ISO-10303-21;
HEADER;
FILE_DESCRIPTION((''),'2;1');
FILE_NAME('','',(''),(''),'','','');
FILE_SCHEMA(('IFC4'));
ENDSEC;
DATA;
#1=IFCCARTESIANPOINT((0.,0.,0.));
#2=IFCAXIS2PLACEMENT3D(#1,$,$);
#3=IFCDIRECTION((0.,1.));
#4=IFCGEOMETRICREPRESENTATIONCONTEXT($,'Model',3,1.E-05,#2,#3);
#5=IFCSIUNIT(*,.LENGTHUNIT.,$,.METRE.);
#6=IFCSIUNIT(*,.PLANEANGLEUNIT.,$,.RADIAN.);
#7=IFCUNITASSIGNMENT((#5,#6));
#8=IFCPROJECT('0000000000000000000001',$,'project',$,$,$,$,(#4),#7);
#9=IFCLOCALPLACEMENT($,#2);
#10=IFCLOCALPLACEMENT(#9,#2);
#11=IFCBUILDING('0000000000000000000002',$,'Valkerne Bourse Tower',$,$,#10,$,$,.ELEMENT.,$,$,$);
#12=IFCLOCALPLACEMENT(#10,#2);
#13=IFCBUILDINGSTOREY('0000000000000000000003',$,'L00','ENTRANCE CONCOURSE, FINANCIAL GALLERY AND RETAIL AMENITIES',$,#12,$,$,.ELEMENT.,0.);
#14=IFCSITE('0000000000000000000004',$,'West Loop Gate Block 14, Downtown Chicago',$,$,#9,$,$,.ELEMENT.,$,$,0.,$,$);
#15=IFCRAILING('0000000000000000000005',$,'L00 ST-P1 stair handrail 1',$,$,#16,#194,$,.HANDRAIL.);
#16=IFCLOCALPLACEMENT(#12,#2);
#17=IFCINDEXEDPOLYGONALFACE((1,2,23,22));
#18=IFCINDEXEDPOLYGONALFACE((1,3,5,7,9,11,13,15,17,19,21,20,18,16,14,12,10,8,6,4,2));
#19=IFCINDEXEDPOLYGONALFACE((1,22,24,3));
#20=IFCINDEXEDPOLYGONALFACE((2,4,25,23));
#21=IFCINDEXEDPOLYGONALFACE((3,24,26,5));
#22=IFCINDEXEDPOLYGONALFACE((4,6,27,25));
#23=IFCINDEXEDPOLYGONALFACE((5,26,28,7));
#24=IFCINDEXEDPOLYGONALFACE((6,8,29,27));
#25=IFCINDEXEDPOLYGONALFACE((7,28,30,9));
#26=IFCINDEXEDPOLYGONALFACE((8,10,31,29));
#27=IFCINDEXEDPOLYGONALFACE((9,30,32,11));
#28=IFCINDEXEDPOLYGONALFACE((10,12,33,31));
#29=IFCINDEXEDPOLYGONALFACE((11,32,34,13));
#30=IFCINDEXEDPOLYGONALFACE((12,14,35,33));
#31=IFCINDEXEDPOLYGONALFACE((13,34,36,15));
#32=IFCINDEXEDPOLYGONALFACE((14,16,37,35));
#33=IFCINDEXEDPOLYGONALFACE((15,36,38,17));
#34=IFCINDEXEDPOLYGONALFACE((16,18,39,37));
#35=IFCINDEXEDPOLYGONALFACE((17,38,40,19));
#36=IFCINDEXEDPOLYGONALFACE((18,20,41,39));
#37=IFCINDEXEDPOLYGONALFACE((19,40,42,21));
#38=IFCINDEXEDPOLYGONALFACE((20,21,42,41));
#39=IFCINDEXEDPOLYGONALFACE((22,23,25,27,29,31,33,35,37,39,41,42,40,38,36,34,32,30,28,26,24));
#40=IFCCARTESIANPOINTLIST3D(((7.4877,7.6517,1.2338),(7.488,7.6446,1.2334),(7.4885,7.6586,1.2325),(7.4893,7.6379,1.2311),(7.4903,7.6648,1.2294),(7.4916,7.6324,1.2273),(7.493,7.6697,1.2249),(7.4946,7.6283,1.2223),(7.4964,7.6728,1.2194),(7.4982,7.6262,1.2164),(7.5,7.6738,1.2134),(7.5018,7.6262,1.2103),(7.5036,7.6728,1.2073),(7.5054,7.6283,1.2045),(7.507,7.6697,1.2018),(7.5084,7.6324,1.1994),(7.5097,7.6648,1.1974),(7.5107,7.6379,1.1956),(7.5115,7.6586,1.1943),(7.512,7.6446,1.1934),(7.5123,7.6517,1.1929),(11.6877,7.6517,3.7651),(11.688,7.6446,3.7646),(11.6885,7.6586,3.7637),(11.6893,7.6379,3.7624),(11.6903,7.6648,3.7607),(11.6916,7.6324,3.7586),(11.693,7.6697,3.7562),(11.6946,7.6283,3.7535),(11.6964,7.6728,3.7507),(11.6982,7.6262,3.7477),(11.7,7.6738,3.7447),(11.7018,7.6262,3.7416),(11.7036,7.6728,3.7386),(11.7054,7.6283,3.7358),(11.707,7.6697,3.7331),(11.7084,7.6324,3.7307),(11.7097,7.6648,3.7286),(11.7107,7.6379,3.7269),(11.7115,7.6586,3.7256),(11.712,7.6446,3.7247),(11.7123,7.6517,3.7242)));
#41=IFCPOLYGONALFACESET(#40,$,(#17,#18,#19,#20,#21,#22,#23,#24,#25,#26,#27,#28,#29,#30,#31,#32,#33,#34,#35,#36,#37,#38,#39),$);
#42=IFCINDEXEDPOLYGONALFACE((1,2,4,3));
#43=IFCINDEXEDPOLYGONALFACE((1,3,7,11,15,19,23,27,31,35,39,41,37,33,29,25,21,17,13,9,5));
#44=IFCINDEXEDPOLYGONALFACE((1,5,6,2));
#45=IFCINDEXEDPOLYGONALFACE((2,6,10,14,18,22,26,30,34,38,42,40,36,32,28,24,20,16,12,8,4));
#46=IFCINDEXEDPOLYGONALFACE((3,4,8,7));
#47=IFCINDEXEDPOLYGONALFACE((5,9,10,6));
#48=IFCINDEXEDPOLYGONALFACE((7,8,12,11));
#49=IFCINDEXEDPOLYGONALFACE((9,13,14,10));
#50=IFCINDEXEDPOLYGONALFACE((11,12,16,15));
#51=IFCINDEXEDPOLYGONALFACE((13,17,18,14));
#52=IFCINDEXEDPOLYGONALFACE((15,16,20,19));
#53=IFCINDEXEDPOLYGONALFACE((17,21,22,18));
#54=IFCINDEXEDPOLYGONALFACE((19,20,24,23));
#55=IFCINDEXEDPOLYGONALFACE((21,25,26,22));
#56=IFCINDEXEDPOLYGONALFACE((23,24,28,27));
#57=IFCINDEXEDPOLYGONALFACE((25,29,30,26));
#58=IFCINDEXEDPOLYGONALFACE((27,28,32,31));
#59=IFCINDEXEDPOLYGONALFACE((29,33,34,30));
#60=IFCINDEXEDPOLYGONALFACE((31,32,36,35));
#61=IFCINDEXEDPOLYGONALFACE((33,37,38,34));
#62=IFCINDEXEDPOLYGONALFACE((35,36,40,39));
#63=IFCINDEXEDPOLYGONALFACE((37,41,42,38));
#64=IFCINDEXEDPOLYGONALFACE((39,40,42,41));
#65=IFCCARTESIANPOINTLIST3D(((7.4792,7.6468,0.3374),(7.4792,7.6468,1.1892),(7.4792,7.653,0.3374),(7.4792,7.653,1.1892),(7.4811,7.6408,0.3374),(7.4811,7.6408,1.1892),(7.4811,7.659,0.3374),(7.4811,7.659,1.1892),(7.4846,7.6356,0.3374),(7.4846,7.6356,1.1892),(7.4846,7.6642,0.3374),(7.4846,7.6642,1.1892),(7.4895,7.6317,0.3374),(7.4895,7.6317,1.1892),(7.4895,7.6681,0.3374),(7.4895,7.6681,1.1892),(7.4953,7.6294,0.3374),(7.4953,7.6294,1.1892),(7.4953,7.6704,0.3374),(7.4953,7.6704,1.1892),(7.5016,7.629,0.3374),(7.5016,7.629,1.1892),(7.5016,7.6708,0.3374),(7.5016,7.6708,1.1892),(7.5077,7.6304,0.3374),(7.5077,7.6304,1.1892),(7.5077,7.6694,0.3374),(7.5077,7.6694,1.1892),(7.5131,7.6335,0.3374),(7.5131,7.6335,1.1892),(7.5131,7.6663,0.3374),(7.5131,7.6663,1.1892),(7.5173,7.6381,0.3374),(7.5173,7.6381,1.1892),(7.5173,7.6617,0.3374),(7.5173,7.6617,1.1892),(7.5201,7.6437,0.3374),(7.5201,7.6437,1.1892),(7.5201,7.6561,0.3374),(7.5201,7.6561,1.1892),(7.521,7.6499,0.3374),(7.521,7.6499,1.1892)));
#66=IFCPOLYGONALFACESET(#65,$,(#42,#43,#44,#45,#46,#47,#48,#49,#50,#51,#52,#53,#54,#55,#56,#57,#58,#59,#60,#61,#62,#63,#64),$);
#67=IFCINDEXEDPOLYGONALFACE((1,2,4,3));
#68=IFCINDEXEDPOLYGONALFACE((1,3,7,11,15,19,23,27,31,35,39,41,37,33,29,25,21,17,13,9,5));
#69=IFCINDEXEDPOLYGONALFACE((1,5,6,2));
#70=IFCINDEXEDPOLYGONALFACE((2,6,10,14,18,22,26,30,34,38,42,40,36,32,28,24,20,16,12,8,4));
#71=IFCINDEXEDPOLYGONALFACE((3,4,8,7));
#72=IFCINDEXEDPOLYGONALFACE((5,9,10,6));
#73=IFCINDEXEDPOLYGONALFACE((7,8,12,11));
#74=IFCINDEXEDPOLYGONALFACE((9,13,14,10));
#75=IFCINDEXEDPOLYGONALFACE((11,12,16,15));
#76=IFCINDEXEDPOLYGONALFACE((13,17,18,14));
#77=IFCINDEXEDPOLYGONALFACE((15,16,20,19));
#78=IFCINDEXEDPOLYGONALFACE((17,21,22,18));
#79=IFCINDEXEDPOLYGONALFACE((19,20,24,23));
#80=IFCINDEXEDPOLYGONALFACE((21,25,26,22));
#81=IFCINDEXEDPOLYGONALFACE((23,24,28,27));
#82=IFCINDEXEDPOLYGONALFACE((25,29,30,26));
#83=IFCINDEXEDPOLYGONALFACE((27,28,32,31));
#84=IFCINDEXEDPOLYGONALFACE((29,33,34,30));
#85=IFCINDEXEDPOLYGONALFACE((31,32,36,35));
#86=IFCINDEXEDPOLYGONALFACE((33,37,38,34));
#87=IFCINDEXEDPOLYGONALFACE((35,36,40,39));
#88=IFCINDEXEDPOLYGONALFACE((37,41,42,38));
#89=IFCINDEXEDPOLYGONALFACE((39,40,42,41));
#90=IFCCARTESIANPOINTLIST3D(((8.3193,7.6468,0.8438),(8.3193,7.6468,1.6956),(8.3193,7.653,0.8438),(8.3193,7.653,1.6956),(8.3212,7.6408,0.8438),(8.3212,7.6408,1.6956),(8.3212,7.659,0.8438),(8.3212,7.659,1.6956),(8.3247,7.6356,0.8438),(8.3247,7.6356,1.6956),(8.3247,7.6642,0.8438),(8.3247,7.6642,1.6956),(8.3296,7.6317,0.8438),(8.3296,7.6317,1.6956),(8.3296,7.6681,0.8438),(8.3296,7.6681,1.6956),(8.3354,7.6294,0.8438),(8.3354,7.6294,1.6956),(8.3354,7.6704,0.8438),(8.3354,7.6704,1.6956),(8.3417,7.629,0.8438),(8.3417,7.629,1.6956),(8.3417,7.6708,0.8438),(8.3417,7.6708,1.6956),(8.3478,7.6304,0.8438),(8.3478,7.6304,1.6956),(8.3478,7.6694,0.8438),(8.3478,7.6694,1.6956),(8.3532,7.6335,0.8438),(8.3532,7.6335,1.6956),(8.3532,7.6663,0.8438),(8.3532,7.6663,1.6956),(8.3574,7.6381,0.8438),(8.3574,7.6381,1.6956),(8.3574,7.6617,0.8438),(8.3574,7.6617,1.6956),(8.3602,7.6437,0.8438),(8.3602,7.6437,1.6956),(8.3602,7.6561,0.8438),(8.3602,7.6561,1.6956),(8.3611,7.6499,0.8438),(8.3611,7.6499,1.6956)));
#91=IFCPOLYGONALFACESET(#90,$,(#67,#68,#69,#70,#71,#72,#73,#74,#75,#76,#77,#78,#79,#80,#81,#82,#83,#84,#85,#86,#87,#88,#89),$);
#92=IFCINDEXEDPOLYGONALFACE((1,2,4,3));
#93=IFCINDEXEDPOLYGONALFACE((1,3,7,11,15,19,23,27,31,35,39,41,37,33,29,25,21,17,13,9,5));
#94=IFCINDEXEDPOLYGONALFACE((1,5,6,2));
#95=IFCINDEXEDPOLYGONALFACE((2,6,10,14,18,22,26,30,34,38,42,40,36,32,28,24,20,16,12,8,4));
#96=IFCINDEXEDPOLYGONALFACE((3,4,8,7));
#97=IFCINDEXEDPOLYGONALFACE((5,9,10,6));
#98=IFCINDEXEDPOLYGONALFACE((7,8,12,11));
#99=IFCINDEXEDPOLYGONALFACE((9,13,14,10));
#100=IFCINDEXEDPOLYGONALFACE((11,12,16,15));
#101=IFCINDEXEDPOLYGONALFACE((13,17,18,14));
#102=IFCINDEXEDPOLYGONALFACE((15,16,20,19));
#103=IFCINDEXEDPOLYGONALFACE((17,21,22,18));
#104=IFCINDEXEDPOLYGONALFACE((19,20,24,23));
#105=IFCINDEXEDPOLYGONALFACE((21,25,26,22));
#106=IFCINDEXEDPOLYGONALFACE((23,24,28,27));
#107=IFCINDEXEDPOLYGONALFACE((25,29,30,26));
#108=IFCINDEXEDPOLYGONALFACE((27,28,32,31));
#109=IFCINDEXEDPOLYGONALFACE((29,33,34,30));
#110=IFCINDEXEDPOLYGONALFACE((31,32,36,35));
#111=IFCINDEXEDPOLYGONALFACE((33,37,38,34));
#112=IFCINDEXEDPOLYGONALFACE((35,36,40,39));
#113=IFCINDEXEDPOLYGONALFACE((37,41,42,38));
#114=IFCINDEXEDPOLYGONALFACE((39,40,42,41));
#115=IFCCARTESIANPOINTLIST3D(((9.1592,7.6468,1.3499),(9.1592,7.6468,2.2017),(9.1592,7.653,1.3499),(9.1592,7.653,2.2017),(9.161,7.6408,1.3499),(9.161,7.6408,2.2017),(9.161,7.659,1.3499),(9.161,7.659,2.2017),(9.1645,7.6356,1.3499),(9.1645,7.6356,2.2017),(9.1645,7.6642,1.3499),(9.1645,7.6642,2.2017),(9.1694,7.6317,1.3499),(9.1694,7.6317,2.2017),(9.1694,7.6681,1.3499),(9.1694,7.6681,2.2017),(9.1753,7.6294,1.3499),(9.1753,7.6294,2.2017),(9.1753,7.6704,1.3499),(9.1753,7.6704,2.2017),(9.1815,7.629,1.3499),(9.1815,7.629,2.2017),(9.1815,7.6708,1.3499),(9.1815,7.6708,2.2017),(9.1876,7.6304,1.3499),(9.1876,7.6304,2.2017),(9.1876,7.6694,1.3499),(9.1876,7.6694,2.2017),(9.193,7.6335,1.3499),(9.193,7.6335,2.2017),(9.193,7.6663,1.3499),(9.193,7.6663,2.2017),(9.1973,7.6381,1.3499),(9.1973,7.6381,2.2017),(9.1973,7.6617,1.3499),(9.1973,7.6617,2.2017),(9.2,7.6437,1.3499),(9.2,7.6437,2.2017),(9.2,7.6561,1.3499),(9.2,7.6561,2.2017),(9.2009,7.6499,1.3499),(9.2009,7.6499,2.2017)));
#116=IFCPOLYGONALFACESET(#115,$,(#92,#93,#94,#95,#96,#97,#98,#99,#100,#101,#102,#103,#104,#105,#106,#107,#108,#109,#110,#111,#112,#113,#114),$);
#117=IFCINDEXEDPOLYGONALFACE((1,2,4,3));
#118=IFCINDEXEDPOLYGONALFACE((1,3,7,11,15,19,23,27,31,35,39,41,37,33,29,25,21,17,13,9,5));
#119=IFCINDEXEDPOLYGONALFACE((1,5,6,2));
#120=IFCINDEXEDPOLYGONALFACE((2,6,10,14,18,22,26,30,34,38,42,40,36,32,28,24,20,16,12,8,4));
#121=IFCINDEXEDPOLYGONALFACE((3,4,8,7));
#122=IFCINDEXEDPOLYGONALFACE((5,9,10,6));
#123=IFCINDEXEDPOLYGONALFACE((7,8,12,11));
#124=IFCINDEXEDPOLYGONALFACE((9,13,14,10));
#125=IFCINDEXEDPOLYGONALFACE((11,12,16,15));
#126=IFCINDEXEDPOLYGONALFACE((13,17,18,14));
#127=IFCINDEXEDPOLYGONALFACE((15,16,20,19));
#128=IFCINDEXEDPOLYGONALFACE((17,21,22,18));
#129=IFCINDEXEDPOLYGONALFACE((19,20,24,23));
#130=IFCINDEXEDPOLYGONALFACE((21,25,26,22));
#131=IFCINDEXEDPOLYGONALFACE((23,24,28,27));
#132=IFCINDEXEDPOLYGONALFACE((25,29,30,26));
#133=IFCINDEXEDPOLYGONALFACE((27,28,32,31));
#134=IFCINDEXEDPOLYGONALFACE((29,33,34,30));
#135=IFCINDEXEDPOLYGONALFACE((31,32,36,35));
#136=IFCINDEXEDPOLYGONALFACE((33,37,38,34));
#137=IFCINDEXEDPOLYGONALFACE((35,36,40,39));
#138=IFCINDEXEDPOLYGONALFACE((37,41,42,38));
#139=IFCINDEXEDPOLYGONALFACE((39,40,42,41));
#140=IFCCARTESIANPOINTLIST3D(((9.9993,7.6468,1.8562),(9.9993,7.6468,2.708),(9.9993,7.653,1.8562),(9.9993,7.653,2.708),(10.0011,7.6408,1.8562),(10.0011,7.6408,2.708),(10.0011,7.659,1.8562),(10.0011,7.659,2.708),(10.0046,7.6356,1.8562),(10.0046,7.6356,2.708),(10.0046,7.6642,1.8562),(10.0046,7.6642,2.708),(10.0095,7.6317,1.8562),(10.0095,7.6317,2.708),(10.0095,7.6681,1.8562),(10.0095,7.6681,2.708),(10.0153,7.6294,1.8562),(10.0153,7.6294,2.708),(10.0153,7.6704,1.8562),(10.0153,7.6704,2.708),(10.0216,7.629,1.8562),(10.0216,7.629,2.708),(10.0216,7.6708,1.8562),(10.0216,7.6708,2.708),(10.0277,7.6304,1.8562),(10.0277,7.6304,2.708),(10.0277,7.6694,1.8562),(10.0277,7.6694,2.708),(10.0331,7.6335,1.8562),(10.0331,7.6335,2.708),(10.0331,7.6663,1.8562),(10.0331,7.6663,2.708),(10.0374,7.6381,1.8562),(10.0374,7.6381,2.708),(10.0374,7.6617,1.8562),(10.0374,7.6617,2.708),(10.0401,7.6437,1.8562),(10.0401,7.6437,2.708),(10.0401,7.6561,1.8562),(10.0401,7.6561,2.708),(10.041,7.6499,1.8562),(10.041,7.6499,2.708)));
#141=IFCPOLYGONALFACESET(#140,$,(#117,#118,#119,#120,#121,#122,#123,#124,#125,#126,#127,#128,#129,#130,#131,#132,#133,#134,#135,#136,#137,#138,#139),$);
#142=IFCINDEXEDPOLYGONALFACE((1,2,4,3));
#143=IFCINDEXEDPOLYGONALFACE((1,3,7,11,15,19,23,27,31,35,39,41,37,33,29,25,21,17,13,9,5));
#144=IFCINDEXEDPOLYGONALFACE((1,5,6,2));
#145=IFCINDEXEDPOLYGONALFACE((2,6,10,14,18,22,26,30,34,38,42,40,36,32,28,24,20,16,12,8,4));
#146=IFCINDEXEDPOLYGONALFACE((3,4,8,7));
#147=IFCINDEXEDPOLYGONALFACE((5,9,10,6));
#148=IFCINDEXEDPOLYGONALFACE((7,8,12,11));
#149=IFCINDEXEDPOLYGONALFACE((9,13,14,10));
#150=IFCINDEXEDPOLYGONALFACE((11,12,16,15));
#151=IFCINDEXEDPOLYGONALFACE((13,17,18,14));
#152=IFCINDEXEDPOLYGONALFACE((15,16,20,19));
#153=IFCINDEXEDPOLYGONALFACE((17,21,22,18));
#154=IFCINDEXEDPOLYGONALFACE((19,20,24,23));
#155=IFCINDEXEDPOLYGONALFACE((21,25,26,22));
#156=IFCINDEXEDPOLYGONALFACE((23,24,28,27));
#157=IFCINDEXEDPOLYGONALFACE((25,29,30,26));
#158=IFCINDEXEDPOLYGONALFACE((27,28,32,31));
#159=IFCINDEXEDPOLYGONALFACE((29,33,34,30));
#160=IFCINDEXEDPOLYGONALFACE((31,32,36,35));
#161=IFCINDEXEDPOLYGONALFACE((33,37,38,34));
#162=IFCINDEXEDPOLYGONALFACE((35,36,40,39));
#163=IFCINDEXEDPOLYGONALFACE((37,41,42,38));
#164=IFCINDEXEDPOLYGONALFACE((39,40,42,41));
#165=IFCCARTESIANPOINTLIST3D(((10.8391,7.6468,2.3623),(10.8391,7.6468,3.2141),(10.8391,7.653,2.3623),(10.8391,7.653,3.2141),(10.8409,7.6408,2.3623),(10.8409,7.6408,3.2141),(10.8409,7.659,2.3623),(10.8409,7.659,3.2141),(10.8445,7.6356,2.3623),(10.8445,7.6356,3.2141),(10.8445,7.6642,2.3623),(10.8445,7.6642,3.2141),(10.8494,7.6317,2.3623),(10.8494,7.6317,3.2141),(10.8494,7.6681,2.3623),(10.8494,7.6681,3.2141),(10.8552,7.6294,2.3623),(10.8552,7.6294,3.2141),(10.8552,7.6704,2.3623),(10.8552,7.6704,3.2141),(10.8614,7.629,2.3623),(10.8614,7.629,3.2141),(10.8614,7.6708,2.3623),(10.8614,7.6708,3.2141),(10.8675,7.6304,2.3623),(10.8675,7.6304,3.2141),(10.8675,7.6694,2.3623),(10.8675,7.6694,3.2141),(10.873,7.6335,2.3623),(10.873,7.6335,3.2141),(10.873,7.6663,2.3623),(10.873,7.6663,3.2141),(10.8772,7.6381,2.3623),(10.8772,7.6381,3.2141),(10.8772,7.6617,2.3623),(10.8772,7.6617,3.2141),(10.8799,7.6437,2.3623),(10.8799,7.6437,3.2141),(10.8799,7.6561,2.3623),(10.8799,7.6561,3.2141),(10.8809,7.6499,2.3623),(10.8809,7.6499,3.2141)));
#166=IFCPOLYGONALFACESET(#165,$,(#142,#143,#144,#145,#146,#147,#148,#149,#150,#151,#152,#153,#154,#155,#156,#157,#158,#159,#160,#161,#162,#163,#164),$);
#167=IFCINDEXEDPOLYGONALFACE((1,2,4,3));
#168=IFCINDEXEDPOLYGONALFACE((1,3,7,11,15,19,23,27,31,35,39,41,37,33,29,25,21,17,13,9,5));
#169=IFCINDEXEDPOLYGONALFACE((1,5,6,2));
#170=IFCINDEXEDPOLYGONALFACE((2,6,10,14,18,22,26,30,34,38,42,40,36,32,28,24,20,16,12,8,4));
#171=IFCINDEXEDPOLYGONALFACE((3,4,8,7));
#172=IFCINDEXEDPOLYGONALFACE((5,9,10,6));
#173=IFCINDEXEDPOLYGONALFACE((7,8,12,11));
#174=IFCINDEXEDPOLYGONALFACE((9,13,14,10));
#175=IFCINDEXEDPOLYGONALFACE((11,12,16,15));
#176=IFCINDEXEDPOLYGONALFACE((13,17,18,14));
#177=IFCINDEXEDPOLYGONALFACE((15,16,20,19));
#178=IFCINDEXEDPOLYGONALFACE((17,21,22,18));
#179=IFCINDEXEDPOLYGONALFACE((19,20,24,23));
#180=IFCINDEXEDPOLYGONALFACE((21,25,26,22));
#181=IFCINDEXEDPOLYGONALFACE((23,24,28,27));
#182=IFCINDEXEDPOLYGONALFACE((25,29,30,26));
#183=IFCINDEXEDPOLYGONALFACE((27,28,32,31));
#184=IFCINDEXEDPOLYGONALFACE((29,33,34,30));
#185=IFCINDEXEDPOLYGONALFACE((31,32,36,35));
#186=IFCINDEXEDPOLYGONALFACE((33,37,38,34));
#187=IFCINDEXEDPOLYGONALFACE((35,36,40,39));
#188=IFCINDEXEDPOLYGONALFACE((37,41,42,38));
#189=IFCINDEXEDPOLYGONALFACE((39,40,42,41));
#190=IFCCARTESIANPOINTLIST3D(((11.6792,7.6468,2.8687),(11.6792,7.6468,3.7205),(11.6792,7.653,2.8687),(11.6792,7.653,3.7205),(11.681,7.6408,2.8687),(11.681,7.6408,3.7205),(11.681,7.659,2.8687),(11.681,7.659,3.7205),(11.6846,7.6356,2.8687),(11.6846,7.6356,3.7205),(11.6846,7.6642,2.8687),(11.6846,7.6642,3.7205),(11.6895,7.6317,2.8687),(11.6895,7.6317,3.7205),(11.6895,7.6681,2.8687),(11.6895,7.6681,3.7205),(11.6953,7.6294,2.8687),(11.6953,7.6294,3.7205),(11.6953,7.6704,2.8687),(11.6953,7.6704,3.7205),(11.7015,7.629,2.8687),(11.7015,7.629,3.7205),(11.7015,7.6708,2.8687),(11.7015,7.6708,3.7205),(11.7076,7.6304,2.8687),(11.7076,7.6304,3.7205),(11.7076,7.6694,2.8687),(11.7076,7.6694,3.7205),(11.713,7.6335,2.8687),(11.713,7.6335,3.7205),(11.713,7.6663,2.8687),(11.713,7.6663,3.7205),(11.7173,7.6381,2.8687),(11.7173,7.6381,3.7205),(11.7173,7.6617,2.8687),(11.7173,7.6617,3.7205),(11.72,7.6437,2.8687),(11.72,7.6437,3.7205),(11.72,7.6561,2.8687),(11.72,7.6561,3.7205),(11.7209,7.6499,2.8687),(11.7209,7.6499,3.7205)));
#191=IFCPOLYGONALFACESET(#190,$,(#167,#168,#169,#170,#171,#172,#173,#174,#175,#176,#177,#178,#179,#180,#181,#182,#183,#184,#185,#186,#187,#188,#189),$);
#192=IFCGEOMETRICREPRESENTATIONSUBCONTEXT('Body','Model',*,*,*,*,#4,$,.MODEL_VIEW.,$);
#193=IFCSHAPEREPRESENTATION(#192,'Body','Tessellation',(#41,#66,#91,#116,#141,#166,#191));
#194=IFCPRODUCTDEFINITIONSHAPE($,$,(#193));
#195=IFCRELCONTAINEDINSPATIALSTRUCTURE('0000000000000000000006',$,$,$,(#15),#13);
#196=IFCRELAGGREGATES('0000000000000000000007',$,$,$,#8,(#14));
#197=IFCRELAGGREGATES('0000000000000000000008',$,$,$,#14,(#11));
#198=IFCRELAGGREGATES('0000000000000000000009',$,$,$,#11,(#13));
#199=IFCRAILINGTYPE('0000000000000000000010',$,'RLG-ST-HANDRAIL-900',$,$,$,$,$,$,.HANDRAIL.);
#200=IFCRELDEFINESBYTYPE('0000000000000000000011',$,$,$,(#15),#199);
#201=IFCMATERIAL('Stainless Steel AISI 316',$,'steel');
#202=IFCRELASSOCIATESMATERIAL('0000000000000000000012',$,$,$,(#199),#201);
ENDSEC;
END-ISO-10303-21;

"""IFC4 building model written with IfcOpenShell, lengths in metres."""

from ifc_helpers import new_model, si_unit, direction, frame, origin, origin_2d, place, context, subcontext, project, spatial, circle, extrude, material, type_object, element, save


model = new_model("IFC4")

# Units and contexts
model_context = context("Model", 3, precision=1e-05, world=origin(), true_north=direction((0.0, 1.0)))
body_context = subcontext(model_context, "Body", "Model", "MODEL_VIEW")
ifc_project = project(units=[si_unit("LENGTHUNIT", "METRE"), si_unit("PLANEANGLEUNIT", "RADIAN")], contexts=[model_context])

# Site, building, storey
site_placement = place(None, origin())
site = spatial("IfcSite", under=ifc_project, at=site_placement, Name="West Loop Gate Block 14, Downtown Chicago", CompositionType="ELEMENT", RefElevation=0.0)
building_placement = place(site_placement, origin())
building = spatial("IfcBuilding", under=site, at=building_placement, Name="Valkerne Bourse Tower", CompositionType="ELEMENT")
storey_placement = place(building_placement, origin())
storey = spatial("IfcBuildingStorey", under=building, at=storey_placement, Name="L00", Description="ENTRANCE CONCOURSE, FINANCIAL GALLERY AND RETAIL AMENITIES", CompositionType="ELEMENT", Elevation=0.0)

# Railing
ifc_material_1 = material(Name="Stainless Steel AISI 316", Category="steel")
railing_type_1 = type_object("IfcRailingType", Name="RLG-ST-HANDRAIL-900", PredefinedType="HANDRAIL", material=ifc_material_1)
railing_1_placement = place(storey_placement, frame((7.5, 7.6499, 0.3374)))
element("IfcRailing", 1, at=railing_1_placement, inside=storey, type_object=railing_type_1, Name="L00 ST-P1 stair handrail 1", PredefinedType="HANDRAIL", context=body_context, shape_type="SweptSolid", body=[
    extrude(circle(Radius=0.0239, at=origin_2d()), frame((0.0, 0.0, 0.876), z_axis=(0.856476, 0.0, 0.516186), x_axis=(0.0, 1.0, 0.0)), (0.0, 0.0, 1.0), 4.9038),
    extrude(circle(Radius=0.021, at=origin_2d()), origin(), (0.0, 0.0, 1.0), 0.8518),
    extrude(circle(Radius=0.021, at=origin_2d()), frame((0.8401, 0.0, 0.5063)), (0.0, 0.0, 1.0), 0.8518),
    extrude(circle(Radius=0.021, at=origin_2d()), frame((1.6799, 0.0, 1.0125)), (0.0, 0.0, 1.0), 0.8518),
    extrude(circle(Radius=0.021, at=origin_2d()), frame((2.52, 0.0, 1.5188)), (0.0, 0.0, 1.0), 0.8518),
    extrude(circle(Radius=0.021, at=origin_2d()), frame((3.3599, 0.0, 2.0249)), (0.0, 0.0, 1.0), 0.8518),
    extrude(circle(Radius=0.021, at=origin_2d()), frame((4.2, 0.0, 2.5312)), (0.0, 0.0, 1.0), 0.8518),
])

save(model, "model.ifc")
